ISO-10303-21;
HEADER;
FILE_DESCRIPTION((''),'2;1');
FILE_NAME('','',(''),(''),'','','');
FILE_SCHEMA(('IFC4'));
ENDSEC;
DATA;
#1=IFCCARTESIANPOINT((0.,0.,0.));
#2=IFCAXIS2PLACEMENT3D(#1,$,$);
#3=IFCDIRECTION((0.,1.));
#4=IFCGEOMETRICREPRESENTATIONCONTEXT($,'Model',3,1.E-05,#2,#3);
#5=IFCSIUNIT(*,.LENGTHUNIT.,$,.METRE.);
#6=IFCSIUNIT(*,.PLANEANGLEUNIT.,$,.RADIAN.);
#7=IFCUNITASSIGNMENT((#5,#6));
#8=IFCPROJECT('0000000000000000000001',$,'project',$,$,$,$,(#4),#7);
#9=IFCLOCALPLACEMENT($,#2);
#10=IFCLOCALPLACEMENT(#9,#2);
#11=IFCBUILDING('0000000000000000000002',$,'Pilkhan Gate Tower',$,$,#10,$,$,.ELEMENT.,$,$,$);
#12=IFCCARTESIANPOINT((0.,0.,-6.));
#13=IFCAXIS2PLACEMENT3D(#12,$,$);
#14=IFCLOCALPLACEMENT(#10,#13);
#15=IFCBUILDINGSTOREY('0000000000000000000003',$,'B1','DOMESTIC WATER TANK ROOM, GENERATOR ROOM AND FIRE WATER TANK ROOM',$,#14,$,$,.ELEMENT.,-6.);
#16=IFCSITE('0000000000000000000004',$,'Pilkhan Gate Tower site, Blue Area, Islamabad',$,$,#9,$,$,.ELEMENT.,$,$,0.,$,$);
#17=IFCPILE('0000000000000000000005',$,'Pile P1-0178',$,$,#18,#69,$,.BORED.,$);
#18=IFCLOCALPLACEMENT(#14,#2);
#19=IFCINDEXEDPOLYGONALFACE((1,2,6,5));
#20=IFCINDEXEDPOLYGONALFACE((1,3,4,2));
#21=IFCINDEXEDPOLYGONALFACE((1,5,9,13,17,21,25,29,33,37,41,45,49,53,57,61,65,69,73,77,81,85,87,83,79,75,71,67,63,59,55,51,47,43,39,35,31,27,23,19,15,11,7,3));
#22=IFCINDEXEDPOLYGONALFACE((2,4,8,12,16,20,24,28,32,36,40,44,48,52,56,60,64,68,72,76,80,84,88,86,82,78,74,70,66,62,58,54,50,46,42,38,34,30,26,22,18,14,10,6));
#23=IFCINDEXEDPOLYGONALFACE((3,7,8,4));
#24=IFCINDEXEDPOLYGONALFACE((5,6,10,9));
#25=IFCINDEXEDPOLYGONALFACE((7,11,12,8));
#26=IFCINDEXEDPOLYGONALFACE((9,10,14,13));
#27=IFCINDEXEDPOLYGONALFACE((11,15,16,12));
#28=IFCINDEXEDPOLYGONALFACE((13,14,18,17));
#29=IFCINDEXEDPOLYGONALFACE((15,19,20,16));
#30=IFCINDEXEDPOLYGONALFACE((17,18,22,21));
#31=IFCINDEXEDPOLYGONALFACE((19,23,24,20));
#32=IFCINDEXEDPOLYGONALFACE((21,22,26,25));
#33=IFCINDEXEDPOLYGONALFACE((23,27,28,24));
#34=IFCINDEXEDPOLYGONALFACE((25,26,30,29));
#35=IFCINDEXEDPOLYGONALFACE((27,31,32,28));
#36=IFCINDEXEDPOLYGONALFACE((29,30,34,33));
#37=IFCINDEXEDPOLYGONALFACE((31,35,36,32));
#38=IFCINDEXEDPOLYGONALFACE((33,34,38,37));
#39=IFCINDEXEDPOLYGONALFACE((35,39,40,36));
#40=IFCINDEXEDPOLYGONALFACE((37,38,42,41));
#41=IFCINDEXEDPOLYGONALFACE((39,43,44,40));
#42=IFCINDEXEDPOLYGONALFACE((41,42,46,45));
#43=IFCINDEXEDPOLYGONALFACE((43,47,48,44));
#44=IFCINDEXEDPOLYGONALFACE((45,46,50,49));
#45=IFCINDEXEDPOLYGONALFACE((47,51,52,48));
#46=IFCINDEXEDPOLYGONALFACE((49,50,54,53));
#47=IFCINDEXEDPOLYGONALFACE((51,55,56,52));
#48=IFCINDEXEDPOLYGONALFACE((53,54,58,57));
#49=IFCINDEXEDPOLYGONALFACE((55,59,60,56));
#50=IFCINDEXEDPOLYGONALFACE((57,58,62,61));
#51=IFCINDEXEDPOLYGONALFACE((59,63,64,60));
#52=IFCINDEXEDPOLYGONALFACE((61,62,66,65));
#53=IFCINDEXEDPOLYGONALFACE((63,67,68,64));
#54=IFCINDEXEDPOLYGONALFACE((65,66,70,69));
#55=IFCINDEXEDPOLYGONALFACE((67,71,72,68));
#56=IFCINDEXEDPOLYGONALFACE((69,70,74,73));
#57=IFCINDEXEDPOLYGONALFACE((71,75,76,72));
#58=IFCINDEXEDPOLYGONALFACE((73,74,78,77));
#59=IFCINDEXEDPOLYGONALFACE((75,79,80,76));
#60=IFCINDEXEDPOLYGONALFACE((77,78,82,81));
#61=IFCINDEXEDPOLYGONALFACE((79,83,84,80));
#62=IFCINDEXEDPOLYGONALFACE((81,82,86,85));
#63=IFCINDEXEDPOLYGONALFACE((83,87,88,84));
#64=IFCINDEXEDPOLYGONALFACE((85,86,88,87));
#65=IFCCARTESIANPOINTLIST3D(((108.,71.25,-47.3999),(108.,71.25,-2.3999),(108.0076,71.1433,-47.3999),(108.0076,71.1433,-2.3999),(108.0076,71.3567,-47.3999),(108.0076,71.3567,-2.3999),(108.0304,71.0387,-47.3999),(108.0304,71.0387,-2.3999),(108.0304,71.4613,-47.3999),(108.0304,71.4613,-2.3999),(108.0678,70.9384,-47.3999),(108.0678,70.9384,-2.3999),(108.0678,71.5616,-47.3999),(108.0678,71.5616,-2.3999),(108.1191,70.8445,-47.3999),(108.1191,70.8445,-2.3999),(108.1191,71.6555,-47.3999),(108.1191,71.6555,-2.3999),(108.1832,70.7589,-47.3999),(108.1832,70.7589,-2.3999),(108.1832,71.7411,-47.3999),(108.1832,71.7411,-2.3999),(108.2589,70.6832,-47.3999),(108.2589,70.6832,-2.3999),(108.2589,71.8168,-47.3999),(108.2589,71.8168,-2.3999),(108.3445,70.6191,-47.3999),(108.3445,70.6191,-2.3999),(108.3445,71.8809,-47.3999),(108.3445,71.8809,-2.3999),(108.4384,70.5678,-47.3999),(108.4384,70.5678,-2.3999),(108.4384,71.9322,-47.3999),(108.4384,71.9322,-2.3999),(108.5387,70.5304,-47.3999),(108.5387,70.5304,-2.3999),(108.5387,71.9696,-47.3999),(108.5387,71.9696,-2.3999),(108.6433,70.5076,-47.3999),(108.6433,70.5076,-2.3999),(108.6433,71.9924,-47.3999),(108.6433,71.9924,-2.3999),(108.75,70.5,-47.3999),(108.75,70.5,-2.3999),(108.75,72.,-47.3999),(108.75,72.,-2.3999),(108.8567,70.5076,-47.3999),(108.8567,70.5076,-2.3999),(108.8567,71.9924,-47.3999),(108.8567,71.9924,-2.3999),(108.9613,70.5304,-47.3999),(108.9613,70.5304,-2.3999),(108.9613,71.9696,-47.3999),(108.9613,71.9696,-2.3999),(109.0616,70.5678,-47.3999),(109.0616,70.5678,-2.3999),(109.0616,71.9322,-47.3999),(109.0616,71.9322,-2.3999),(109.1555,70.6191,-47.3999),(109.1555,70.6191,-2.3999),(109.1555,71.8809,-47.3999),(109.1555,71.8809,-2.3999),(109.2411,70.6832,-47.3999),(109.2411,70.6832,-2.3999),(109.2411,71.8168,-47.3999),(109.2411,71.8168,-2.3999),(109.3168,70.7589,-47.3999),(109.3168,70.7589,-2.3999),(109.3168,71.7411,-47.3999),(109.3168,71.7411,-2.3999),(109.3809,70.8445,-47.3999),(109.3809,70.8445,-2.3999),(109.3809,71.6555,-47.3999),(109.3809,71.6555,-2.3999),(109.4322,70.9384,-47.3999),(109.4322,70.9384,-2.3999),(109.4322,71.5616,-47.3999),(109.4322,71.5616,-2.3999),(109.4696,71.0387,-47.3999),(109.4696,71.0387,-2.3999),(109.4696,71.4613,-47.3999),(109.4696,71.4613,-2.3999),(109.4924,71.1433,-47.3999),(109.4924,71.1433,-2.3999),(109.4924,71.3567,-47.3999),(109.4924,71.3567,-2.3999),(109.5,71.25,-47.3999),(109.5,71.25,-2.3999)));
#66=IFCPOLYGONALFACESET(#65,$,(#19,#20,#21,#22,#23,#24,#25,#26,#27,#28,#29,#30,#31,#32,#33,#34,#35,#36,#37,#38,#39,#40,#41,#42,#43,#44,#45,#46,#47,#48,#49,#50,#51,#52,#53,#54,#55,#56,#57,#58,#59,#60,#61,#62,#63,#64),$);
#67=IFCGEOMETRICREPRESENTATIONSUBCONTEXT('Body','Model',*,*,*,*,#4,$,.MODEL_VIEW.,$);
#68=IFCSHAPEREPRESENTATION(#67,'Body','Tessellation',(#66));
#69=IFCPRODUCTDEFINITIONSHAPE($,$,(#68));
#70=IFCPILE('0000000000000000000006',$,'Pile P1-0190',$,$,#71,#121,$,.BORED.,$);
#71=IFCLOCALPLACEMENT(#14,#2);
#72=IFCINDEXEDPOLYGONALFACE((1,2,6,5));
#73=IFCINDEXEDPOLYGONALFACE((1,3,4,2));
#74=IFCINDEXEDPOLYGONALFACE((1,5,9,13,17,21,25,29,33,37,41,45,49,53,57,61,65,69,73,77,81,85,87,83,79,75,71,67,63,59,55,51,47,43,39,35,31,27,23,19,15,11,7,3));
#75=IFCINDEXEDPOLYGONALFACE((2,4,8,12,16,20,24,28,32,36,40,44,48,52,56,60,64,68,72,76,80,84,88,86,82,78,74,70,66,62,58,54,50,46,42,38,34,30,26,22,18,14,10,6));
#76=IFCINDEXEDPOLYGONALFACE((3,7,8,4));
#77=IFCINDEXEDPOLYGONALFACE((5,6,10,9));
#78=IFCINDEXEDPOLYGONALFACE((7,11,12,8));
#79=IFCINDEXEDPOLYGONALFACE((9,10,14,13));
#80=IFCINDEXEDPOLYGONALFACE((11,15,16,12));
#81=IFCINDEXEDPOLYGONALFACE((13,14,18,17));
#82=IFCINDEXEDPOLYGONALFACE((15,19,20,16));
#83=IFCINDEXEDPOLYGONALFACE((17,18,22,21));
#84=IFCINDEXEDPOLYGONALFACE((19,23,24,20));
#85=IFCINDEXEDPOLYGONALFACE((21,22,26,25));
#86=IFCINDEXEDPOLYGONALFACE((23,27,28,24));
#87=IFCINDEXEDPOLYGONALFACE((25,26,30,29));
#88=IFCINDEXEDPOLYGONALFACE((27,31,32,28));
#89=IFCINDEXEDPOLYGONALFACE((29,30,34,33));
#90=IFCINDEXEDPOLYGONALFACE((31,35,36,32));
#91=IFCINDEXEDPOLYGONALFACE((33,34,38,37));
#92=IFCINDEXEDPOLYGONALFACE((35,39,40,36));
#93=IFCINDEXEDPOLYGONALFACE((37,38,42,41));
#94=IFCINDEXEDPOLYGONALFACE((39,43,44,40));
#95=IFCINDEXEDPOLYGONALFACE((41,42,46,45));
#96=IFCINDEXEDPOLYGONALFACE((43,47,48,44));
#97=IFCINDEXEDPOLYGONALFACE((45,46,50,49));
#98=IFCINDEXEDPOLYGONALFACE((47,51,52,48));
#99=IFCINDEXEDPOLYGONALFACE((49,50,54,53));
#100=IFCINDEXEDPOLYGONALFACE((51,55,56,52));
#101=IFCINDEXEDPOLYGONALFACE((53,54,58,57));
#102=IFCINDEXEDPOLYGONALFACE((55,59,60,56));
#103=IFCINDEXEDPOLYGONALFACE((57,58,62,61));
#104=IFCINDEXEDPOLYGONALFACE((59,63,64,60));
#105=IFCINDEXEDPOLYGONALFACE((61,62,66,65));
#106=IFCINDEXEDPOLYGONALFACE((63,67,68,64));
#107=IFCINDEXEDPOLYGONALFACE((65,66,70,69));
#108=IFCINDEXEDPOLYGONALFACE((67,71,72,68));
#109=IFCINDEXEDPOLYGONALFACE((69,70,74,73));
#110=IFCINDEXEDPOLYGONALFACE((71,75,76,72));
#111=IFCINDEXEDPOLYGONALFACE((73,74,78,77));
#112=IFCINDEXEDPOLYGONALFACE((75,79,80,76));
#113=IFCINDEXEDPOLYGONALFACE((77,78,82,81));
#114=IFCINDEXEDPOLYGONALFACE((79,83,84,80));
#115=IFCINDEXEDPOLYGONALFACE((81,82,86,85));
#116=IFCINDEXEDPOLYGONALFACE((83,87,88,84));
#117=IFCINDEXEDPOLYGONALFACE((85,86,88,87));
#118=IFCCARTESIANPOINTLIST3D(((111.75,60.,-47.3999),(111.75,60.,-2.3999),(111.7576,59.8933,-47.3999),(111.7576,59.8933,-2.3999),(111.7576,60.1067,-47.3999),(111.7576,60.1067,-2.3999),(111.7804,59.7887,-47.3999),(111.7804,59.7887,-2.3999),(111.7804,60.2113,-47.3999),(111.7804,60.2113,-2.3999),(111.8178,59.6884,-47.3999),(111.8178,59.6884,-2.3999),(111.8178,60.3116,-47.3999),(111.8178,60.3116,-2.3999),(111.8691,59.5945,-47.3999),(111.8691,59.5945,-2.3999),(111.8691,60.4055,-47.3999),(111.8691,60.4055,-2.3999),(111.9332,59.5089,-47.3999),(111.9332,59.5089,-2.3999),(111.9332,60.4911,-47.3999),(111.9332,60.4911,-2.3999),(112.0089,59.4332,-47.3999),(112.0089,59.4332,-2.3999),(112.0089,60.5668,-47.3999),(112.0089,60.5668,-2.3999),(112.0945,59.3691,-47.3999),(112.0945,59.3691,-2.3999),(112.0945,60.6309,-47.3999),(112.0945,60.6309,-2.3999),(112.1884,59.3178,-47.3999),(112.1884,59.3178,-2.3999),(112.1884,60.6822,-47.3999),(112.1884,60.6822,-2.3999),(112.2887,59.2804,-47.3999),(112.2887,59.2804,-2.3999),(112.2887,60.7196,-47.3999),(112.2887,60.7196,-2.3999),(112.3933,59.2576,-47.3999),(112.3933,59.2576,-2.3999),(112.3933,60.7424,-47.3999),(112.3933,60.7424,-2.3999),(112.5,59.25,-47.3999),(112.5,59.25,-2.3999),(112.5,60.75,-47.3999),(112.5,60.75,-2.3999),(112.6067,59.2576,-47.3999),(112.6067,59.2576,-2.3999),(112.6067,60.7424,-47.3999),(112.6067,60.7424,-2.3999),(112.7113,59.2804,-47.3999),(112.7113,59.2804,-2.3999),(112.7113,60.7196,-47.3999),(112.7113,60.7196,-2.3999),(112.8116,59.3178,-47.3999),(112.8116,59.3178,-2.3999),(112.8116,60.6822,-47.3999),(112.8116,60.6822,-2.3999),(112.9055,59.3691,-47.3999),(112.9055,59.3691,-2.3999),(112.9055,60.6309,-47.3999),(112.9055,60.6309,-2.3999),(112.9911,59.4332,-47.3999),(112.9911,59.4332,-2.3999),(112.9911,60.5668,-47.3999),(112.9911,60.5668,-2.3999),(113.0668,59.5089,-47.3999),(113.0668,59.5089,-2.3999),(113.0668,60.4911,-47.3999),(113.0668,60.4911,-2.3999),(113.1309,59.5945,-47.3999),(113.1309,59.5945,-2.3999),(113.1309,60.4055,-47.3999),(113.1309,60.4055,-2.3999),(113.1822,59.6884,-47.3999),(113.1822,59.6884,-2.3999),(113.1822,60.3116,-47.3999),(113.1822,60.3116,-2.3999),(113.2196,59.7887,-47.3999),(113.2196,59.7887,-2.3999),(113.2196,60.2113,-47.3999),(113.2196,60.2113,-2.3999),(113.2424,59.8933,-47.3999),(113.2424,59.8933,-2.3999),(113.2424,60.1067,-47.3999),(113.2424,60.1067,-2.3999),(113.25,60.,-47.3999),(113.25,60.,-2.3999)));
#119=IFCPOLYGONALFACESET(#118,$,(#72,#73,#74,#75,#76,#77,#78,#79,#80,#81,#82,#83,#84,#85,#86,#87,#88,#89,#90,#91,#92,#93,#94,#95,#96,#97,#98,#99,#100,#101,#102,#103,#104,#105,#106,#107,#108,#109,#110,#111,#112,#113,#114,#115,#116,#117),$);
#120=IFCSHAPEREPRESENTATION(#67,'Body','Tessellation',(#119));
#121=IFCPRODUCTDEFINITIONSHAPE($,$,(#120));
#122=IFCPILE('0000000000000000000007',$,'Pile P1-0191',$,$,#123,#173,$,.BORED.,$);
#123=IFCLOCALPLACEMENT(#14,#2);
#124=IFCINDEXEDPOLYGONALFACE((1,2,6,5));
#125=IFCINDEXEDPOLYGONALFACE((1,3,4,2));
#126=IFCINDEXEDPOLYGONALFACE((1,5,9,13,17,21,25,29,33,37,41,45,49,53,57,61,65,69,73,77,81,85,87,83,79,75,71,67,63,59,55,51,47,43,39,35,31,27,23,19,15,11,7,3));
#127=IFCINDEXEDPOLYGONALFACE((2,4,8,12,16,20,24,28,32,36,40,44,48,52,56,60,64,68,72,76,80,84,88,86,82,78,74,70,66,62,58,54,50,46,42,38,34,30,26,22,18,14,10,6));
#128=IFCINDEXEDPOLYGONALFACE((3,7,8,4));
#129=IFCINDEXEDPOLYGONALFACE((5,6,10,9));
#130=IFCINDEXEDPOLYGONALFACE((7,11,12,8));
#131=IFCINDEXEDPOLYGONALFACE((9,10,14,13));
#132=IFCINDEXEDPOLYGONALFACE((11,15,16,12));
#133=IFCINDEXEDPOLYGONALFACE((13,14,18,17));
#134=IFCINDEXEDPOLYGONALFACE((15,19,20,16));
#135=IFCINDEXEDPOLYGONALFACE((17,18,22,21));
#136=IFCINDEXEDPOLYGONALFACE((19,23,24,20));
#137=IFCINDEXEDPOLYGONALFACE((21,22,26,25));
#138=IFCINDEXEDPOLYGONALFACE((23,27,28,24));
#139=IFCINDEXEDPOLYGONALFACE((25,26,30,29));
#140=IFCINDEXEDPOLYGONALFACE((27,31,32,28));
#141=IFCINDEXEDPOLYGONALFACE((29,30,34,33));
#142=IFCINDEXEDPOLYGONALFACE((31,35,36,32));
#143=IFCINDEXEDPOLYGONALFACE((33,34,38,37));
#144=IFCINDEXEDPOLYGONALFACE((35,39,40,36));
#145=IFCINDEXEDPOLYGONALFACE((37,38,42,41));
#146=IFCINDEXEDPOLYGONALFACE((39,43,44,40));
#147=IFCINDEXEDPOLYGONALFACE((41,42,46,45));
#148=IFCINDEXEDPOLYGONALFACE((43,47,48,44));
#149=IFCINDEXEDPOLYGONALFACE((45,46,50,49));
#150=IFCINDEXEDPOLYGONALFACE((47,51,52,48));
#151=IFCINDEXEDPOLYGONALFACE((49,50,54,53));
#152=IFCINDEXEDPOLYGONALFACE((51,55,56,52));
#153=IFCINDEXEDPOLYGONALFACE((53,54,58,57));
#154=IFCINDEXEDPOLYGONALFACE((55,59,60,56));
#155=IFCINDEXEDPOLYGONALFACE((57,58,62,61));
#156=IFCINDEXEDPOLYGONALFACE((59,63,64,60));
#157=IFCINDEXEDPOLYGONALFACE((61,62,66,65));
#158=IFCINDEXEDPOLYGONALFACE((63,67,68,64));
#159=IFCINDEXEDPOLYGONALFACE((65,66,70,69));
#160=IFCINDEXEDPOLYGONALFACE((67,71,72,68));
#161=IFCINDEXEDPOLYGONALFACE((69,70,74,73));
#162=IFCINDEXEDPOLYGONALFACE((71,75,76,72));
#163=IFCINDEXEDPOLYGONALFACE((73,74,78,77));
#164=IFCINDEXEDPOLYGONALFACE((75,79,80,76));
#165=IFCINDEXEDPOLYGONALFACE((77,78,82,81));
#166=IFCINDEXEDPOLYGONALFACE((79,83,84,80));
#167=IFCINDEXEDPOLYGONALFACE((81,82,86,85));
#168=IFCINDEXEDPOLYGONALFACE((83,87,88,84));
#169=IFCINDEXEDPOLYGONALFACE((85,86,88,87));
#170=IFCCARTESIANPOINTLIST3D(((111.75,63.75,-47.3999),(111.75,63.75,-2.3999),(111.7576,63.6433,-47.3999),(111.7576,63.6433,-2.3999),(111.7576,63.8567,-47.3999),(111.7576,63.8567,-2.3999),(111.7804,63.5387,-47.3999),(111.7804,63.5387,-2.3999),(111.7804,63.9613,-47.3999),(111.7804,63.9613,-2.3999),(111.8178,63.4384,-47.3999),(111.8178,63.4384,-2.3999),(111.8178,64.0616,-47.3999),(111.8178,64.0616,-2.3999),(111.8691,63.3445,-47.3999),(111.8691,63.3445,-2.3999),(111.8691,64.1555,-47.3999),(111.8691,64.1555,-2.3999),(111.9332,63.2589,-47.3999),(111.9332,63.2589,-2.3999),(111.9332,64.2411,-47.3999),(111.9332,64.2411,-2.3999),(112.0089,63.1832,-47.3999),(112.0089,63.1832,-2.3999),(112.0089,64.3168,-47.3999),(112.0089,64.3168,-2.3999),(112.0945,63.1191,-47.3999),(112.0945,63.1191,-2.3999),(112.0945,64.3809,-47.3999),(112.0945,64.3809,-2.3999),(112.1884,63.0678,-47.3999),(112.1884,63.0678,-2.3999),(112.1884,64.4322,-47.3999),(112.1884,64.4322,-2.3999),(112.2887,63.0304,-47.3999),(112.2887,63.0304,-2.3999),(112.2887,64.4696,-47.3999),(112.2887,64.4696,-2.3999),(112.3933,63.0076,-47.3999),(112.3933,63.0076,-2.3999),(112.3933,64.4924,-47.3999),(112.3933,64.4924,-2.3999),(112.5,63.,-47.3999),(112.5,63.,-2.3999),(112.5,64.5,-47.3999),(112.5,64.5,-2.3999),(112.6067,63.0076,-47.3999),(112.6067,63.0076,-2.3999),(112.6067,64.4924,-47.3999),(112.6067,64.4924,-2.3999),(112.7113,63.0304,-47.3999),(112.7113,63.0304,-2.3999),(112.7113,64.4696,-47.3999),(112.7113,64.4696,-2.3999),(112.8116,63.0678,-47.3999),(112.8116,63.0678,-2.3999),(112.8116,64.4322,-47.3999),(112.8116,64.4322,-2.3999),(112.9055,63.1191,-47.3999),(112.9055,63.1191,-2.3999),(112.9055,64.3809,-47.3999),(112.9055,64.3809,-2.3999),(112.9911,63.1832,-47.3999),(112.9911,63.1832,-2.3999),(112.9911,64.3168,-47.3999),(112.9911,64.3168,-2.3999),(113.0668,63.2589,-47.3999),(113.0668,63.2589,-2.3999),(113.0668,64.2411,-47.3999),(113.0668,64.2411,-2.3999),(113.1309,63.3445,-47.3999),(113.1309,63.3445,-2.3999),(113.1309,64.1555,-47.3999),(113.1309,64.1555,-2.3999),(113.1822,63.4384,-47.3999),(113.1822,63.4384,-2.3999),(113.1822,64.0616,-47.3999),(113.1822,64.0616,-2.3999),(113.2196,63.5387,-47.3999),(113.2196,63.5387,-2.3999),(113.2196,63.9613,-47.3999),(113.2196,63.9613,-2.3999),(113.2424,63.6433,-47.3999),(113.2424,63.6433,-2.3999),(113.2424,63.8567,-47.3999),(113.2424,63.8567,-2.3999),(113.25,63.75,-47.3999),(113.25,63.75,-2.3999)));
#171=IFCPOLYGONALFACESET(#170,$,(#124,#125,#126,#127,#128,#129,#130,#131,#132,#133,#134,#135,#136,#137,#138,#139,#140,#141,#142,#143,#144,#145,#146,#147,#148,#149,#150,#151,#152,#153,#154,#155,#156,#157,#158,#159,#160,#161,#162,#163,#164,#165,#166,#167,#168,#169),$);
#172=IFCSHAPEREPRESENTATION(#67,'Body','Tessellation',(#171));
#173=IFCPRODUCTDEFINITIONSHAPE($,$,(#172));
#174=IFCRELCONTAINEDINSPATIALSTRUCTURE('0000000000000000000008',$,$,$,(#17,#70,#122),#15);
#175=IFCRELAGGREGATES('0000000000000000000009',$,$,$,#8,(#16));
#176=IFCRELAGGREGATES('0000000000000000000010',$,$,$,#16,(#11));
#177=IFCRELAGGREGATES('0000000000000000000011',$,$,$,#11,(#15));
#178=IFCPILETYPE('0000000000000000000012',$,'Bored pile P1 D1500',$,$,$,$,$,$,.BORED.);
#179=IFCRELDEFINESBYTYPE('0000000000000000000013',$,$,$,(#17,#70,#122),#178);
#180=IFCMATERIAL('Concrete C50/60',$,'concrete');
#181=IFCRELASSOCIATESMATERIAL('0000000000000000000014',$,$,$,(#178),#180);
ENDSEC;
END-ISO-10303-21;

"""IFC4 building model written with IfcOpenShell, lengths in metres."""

from ifc_helpers import new_model, si_unit, direction, frame, origin, origin_2d, place, context, subcontext, project, spatial, circle, extrude, material, material_profile, profile_set, type_object, element, save


model = new_model("IFC4")

# Units and contexts
model_context = context("Model", 3, precision=1e-05, world=origin(), true_north=direction((0.0, 1.0)))
body_context = subcontext(model_context, "Body", "Model", "MODEL_VIEW")
ifc_project = project(units=[si_unit("LENGTHUNIT", "METRE"), si_unit("PLANEANGLEUNIT", "RADIAN")], contexts=[model_context])

# Site, building, storey
site_placement = place(None, origin())
site = spatial("IfcSite", under=ifc_project, at=site_placement, Name="Pilkhan Gate Tower site, Blue Area, Islamabad", CompositionType="ELEMENT", RefElevation=0.0)
building_placement = place(site_placement, origin())
building = spatial("IfcBuilding", under=site, at=building_placement, Name="Pilkhan Gate Tower", CompositionType="ELEMENT")
storey_placement = place(building_placement, frame((0.0, 0.0, -6.0)))
storey = spatial("IfcBuildingStorey", under=building, at=storey_placement, Name="B1", Description="DOMESTIC WATER TANK ROOM, GENERATOR ROOM AND FIRE WATER TANK ROOM", CompositionType="ELEMENT", Elevation=-6.0)

# Piles
ifc_material_1 = material(Name="Concrete C50/60", Category="concrete")
ifc_material_profile_1 = material_profile(ifc_material_1, circle(Radius=0.75, at=origin_2d()), Name="Bored pile 1500 dia")
ifc_profile_set_1 = profile_set([ifc_material_profile_1], Name="Concrete C50/60")
pile_type = type_object("IfcPileType", Name="Bored pile P1 D1500", PredefinedType="BORED", material=ifc_profile_set_1)
for number, where, z_axis, x_axis, name in (
    (1, (108.75, 71.25, -2.3999), (0.0, 0.0, -1.0), (1.0, 0.0, 0.0), "Pile P1-0178"),
    (2, (112.5, 60.0, -2.3999), (0.0, 0.0, -1.0), (1.0, 0.0, 0.0), "Pile P1-0190"),
    (3, (112.5, 63.75, -2.3999), (0.0, 0.0, -1.0), (1.0, 0.0, 0.0), "Pile P1-0191"),
):
    element("IfcPile", number, at=place(storey_placement, frame(where, z_axis=z_axis, x_axis=x_axis)), inside=storey, type_object=pile_type, Name=name, PredefinedType="BORED", context=body_context, shape_type="SweptSolid", body=[
        extrude(circle(Radius=0.75, at=origin_2d()), origin(), (0.0, 0.0, 1.0), 45.0),
    ])

save(model, "model.ifc")
